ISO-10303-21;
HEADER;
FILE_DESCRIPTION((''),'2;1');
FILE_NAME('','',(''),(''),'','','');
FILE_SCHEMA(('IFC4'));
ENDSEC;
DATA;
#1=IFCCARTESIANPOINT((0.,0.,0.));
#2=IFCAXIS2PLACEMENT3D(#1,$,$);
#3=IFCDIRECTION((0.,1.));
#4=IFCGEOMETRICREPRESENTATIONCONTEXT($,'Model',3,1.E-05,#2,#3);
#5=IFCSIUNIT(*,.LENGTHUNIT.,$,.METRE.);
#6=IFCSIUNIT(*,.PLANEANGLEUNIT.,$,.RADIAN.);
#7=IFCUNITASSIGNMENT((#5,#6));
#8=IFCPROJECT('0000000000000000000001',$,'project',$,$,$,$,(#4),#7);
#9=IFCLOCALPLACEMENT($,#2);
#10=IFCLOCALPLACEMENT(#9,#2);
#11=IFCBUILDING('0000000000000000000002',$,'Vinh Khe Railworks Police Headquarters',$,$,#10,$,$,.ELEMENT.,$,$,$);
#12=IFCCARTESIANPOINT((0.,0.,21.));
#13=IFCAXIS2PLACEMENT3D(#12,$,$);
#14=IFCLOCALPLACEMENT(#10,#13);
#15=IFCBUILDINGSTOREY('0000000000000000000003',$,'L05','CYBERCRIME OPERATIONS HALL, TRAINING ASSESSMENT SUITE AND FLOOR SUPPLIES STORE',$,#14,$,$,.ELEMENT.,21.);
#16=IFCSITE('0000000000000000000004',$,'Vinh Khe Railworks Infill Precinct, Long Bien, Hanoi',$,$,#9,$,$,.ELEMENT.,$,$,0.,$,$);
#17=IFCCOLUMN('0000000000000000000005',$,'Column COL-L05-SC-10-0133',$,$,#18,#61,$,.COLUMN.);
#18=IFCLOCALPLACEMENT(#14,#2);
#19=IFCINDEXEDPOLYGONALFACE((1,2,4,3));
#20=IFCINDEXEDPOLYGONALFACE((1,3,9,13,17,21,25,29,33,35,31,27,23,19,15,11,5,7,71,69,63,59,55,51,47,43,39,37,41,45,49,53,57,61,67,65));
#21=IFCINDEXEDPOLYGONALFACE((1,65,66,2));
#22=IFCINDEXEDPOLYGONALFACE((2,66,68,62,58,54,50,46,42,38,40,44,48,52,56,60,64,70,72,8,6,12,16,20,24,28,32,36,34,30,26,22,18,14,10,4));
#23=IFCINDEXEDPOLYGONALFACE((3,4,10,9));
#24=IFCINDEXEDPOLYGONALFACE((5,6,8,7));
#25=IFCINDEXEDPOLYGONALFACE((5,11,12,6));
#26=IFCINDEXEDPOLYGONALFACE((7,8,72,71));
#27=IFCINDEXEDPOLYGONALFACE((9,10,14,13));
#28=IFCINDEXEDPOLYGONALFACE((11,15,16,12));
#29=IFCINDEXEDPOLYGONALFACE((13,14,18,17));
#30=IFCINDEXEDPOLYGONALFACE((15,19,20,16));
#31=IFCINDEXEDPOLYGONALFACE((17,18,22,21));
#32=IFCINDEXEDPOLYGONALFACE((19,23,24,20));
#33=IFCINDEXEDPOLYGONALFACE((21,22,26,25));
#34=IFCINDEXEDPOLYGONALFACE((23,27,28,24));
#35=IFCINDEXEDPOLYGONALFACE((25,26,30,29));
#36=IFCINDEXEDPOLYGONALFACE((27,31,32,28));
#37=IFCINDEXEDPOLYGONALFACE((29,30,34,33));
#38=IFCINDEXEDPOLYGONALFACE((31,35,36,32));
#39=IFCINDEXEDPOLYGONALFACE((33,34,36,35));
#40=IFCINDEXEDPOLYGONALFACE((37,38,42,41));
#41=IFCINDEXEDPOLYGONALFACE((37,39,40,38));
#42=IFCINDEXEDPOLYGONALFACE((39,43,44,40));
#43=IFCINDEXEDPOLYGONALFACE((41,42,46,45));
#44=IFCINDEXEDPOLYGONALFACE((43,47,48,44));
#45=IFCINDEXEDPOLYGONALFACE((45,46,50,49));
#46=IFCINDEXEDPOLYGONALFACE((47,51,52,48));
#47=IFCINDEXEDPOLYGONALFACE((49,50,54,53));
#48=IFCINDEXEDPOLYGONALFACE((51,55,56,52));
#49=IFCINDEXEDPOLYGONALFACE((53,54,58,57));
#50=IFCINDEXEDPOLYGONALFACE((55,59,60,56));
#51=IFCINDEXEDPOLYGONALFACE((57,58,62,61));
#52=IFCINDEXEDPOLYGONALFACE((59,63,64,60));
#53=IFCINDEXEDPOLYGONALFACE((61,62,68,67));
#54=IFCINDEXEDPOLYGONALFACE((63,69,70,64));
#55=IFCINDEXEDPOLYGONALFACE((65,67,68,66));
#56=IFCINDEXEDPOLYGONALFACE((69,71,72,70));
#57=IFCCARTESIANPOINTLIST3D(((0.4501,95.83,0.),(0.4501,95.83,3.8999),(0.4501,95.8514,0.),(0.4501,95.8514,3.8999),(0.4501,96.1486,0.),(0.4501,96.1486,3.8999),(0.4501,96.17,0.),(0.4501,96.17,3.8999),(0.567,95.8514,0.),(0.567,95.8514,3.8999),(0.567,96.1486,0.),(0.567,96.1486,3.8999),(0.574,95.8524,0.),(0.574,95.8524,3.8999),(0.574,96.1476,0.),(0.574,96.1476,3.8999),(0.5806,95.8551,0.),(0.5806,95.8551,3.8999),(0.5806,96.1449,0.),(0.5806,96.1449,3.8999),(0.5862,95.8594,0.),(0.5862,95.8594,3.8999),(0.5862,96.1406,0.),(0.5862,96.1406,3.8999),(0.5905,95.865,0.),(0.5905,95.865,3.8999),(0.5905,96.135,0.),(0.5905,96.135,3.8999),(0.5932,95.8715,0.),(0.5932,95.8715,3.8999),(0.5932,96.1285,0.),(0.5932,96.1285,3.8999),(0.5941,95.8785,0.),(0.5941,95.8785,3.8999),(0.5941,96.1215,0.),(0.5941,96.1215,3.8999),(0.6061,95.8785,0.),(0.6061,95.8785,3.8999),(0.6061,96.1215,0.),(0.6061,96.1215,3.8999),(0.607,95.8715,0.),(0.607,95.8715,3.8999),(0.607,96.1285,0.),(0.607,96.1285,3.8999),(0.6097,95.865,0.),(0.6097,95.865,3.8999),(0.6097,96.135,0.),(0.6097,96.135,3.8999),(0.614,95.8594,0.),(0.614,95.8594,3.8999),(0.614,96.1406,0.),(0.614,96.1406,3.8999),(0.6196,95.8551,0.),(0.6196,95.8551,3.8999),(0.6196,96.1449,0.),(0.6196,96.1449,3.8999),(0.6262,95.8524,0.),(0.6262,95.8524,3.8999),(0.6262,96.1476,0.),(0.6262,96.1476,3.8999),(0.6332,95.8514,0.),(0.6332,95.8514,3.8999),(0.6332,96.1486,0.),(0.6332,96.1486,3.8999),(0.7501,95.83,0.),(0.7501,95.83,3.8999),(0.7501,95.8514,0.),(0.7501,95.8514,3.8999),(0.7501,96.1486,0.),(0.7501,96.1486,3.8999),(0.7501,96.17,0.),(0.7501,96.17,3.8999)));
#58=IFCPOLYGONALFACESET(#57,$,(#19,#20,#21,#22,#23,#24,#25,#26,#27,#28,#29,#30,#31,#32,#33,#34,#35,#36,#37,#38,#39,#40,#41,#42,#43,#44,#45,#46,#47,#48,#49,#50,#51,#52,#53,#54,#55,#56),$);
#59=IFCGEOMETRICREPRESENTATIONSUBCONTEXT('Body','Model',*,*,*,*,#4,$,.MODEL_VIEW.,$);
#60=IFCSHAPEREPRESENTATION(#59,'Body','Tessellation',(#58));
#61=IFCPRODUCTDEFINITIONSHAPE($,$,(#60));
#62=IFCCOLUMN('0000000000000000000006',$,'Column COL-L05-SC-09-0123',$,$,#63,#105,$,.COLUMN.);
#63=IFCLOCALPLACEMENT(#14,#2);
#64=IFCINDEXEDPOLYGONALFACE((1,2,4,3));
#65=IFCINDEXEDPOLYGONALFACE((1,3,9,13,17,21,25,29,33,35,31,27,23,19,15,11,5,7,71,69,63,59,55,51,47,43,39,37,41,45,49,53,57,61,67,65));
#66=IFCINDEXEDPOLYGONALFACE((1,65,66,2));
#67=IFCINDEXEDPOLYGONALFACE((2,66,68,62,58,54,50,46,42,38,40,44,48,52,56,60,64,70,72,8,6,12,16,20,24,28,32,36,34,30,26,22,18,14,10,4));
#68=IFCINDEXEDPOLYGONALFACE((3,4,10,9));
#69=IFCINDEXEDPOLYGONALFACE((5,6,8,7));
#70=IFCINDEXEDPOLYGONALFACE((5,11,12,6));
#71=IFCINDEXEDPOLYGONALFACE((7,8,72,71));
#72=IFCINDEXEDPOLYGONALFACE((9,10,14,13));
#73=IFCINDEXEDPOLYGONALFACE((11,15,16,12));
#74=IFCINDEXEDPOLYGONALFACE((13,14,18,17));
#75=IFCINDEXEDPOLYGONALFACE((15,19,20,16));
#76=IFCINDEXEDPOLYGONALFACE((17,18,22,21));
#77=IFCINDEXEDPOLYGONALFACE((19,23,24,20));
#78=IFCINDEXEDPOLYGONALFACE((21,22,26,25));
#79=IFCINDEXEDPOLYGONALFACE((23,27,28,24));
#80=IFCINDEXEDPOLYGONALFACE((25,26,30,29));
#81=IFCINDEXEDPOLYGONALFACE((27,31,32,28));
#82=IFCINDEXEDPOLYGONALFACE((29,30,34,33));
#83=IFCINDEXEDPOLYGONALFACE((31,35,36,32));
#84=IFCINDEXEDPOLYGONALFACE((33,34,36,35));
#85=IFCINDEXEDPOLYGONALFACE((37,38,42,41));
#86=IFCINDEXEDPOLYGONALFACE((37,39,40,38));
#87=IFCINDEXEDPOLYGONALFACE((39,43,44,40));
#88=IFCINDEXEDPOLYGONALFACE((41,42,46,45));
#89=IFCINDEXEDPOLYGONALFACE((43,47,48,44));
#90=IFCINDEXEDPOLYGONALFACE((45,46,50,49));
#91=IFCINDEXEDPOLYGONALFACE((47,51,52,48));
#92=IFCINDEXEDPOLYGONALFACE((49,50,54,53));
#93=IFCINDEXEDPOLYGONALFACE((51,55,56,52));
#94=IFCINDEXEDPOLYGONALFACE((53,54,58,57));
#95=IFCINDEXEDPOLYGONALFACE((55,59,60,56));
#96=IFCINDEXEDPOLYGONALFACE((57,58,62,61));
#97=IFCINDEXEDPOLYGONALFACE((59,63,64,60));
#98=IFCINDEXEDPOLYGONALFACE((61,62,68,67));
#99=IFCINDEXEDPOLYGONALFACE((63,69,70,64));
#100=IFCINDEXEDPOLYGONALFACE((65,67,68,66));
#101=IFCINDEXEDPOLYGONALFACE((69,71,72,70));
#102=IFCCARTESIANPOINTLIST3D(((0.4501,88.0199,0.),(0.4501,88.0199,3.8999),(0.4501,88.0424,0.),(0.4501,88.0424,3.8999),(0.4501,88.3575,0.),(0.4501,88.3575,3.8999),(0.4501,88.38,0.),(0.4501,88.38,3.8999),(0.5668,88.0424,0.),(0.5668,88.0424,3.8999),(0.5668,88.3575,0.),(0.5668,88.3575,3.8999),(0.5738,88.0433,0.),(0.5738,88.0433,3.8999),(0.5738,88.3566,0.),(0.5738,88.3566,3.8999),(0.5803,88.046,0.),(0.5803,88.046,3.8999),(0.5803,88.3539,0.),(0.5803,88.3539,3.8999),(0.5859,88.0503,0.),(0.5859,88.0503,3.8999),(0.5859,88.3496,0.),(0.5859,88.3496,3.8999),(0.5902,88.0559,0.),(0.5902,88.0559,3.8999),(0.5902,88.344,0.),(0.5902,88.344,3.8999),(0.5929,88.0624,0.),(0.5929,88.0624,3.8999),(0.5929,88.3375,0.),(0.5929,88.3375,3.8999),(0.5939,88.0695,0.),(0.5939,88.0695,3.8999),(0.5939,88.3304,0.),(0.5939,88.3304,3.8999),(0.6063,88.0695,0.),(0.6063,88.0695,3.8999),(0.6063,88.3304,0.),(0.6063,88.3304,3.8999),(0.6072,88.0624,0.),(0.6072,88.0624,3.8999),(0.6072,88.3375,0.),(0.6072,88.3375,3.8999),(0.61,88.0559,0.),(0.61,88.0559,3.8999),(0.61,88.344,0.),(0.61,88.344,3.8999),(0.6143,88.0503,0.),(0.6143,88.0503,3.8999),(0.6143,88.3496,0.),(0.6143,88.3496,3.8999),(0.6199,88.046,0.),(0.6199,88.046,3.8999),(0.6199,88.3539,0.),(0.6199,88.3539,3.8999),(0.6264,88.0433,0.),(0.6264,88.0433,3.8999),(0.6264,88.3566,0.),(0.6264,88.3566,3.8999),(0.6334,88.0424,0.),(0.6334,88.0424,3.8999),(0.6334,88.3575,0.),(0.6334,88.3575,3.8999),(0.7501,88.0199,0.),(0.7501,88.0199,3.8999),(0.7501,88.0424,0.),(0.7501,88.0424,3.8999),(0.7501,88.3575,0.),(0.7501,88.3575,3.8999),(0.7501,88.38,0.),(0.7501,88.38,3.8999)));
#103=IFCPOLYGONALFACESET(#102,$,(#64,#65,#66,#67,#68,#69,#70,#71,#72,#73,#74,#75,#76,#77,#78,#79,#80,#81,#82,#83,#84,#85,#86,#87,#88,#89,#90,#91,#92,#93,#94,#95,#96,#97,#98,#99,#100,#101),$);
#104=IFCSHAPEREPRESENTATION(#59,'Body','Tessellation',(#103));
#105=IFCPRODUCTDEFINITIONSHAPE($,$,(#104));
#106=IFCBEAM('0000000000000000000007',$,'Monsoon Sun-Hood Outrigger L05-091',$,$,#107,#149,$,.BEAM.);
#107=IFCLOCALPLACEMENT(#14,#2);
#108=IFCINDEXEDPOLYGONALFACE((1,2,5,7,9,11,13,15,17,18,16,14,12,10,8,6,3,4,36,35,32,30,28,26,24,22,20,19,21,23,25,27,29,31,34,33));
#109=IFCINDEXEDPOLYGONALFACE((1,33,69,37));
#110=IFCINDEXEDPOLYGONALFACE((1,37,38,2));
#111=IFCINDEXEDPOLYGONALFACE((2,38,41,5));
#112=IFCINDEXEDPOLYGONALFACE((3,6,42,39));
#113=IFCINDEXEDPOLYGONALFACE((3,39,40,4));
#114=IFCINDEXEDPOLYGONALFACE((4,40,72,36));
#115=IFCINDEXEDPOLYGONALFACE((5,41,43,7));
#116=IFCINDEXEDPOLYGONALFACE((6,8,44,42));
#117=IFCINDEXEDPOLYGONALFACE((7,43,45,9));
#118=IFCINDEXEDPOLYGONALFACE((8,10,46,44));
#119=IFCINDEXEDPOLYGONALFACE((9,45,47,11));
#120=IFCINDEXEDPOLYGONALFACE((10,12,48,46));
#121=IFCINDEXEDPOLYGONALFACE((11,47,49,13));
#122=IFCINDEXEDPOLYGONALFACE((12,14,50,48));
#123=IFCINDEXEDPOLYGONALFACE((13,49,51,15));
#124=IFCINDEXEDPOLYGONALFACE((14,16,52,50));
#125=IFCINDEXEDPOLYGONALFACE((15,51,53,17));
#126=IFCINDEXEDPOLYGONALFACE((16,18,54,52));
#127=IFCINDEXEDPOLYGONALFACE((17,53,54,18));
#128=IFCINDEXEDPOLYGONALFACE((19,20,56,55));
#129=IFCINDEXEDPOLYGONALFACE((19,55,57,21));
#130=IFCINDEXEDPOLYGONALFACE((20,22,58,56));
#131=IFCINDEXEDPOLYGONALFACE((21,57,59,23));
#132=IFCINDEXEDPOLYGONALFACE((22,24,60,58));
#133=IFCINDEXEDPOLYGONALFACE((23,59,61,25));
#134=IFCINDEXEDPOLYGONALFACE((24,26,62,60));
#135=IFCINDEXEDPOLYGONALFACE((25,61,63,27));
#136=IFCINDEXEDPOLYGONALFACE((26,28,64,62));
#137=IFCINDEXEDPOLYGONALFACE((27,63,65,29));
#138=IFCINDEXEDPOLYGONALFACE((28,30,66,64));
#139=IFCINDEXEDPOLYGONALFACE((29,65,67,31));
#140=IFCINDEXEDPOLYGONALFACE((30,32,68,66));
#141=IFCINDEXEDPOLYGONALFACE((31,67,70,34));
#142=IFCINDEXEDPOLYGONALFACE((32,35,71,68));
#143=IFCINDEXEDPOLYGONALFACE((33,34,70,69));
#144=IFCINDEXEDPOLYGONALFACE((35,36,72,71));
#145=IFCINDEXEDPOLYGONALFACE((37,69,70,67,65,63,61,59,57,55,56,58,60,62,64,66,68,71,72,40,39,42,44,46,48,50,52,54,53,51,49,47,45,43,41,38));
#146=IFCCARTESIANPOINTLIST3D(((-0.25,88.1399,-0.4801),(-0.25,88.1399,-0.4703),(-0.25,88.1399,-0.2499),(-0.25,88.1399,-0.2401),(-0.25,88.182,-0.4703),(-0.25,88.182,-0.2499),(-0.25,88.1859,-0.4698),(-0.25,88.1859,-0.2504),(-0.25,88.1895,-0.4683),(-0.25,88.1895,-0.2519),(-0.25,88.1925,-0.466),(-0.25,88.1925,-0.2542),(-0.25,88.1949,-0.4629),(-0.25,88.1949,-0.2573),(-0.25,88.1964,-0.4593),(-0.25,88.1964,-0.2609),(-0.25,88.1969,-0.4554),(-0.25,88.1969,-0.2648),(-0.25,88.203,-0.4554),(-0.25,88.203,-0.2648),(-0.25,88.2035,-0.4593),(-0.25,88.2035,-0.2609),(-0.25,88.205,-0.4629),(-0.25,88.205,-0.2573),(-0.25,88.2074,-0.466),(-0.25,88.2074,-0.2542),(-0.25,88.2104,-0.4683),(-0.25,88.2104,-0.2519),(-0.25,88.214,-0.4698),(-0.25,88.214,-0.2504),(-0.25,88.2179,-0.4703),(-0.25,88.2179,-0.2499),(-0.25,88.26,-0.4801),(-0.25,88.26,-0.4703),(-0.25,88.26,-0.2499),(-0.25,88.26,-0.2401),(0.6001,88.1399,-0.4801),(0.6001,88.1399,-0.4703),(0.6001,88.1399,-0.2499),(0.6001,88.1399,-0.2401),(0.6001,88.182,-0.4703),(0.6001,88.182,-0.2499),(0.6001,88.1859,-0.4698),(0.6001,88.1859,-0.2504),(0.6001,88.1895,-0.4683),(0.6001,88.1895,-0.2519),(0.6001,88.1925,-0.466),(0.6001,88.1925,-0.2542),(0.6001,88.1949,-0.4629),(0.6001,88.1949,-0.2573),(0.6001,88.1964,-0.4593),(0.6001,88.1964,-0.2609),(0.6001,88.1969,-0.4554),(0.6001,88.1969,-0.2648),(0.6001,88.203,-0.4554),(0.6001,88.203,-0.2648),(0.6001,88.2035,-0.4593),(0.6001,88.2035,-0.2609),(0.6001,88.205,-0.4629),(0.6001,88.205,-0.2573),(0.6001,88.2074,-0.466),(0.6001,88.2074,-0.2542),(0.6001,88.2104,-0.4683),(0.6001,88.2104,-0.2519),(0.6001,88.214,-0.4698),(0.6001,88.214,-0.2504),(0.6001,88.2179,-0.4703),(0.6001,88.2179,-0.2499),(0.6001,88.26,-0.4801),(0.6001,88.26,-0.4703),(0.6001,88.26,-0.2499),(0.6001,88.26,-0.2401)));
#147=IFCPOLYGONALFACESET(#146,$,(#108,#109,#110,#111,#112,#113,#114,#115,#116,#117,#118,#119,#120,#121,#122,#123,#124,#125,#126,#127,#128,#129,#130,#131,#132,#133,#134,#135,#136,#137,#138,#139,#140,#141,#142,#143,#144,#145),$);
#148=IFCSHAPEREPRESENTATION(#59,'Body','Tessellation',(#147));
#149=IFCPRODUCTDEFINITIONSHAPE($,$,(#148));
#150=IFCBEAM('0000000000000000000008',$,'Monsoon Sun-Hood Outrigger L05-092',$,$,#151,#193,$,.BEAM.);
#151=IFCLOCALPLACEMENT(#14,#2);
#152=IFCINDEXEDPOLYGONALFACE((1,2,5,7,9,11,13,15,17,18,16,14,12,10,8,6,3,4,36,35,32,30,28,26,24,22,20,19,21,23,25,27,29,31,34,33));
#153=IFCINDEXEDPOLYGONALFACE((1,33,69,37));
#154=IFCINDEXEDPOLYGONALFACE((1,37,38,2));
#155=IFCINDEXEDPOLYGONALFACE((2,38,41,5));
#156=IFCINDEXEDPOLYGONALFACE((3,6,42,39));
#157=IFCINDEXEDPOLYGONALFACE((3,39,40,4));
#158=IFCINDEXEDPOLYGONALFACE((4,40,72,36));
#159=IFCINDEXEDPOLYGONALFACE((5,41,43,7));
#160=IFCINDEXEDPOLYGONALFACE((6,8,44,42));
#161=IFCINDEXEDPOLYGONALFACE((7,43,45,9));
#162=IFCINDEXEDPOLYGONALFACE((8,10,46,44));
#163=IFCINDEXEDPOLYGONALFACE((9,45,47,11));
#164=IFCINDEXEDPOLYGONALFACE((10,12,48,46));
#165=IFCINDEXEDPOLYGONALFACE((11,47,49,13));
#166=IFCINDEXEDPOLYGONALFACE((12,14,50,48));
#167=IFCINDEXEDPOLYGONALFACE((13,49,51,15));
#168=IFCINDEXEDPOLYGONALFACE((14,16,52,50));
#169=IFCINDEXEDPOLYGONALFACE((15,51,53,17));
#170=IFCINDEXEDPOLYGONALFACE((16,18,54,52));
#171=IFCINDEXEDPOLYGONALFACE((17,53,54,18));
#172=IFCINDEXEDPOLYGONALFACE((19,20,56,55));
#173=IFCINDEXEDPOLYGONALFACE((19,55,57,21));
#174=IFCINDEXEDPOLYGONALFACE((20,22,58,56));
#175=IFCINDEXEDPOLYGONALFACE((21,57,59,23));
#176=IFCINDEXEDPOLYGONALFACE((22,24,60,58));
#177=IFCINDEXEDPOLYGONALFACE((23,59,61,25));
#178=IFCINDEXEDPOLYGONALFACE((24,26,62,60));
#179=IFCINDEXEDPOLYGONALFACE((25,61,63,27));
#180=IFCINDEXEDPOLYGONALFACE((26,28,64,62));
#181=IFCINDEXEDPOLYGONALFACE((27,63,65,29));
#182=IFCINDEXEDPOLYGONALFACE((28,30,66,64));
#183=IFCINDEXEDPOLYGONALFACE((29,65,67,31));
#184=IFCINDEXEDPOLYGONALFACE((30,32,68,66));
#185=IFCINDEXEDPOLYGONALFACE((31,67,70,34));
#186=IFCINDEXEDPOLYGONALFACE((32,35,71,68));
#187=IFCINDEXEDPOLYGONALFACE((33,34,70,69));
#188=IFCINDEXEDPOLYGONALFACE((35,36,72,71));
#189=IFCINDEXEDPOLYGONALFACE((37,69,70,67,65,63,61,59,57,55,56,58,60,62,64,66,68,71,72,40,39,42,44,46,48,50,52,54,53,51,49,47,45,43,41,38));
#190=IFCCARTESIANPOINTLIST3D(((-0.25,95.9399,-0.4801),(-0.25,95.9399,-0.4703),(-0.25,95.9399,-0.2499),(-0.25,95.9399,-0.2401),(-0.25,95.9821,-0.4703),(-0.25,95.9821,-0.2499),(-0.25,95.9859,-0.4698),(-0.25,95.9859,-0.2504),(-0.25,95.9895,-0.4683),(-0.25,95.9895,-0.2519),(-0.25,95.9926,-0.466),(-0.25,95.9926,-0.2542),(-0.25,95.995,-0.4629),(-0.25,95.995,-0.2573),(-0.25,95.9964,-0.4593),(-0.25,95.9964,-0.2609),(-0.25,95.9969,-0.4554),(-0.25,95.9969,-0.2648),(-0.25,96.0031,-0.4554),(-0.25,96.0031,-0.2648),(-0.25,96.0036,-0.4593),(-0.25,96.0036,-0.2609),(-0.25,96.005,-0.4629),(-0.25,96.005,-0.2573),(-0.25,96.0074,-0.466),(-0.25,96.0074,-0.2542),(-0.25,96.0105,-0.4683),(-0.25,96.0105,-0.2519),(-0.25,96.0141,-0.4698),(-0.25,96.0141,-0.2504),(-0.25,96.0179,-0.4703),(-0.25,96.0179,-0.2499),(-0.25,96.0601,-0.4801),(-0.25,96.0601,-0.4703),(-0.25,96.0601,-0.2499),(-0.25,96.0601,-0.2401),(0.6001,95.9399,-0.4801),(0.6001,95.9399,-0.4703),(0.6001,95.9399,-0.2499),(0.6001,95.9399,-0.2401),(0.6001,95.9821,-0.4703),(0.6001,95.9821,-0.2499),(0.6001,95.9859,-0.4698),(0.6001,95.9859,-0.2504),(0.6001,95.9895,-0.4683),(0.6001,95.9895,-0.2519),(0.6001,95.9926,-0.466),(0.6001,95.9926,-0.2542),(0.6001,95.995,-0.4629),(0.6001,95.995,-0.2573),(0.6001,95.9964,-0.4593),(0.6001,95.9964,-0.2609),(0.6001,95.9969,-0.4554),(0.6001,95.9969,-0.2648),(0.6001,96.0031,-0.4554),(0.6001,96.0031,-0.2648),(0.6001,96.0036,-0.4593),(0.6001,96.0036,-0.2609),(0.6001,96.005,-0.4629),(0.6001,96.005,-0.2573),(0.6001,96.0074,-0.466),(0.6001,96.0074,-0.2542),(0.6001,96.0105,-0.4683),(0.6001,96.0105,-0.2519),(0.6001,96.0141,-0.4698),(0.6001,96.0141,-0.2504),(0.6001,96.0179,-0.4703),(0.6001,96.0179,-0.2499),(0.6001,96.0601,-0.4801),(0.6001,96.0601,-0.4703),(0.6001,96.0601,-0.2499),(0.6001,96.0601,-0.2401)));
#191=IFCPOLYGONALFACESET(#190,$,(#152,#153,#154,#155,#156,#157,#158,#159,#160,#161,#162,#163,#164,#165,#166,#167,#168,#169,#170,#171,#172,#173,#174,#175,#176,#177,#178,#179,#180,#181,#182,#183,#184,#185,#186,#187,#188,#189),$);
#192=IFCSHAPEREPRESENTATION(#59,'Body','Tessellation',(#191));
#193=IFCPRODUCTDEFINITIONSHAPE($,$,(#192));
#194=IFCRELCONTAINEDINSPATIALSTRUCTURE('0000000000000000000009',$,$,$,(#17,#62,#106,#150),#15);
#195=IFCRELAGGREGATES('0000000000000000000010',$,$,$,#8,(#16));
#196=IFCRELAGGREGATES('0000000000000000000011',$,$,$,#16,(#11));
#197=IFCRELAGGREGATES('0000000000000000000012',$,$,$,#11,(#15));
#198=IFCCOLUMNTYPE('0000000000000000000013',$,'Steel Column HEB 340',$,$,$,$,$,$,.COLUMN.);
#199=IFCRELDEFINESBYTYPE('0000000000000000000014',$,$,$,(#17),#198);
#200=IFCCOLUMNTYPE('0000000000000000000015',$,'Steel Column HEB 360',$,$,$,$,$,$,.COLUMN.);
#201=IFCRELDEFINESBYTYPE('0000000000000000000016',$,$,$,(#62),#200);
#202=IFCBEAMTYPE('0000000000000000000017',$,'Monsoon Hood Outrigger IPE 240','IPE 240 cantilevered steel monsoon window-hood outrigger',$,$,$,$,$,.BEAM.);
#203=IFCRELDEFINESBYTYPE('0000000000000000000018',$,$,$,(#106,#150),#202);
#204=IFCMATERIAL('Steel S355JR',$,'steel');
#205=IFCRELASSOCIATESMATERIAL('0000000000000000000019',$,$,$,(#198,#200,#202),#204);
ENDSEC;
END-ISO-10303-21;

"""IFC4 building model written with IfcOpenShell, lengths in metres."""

from ifc_helpers import new_model, si_unit, direction, frame, origin, origin_2d, place, context, subcontext, project, spatial, i_section, extrude, material, material_profile, profile_set, type_object, element, save


model = new_model("IFC4")

# Units and contexts
model_context = context("Model", 3, precision=1e-05, world=origin(), true_north=direction((0.0, 1.0)))
body_context = subcontext(model_context, "Body", "Model", "MODEL_VIEW")
ifc_project = project(units=[si_unit("LENGTHUNIT", "METRE"), si_unit("PLANEANGLEUNIT", "RADIAN")], contexts=[model_context])

# Site, building, storey
site_placement = place(None, origin())
site = spatial("IfcSite", under=ifc_project, at=site_placement, Name="Vinh Khe Railworks Infill Precinct, Long Bien, Hanoi", CompositionType="ELEMENT", RefElevation=0.0)
building_placement = place(site_placement, origin())
building = spatial("IfcBuilding", under=site, at=building_placement, Name="Vinh Khe Railworks Police Headquarters", CompositionType="ELEMENT")
storey_placement = place(building_placement, frame((0.0, 0.0, 21.0)))
storey = spatial("IfcBuildingStorey", under=building, at=storey_placement, Name="L05", Description="CYBERCRIME OPERATIONS HALL, TRAINING ASSESSMENT SUITE AND FLOOR SUPPLIES STORE", CompositionType="ELEMENT", Elevation=21.0)

# Columns
ifc_material_1 = material(Name="Steel S355JR", Category="steel")
ifc_material_profile_1 = material_profile(ifc_material_1, i_section(OverallWidth=0.3, OverallDepth=0.3401, WebThickness=0.012, FlangeThickness=0.0215, FilletRadius=0.0271, at=origin_2d()), Name="HEB 340")
ifc_profile_set_1 = profile_set([ifc_material_profile_1], Name="Steel S355JR")
column_type_1 = type_object("IfcColumnType", Name="Steel Column HEB 340", PredefinedType="COLUMN", material=ifc_profile_set_1)
column_1_placement = place(storey_placement, frame((0.6001, 96.0, 0.0), z_axis=(0.0, 0.0, 1.0), x_axis=(1.0, 0.0, 0.0)))
element("IfcColumn", 1, at=column_1_placement, inside=storey, type_object=column_type_1, Name="Column COL-L05-SC-10-0133", PredefinedType="COLUMN", context=body_context, shape_type="SweptSolid", body=[
    extrude(i_section(OverallWidth=0.3, OverallDepth=0.3401, WebThickness=0.012, FlangeThickness=0.0215, FilletRadius=0.0271, at=origin_2d()), origin(), (0.0, 0.0, 1.0), 3.8999),
])
ifc_material_profile_2 = material_profile(ifc_material_1, i_section(OverallWidth=0.3, OverallDepth=0.3601, WebThickness=0.0125, FlangeThickness=0.0225, FilletRadius=0.0271, at=origin_2d()), Name="HEB 360")
ifc_profile_set_2 = profile_set([ifc_material_profile_2], Name="Steel S355JR")
column_type_2 = type_object("IfcColumnType", Name="Steel Column HEB 360", PredefinedType="COLUMN", material=ifc_profile_set_2)
column_2_placement = place(storey_placement, frame((0.6001, 88.2, 0.0), z_axis=(0.0, 0.0, 1.0), x_axis=(1.0, 0.0, 0.0)))
element("IfcColumn", 2, at=column_2_placement, inside=storey, type_object=column_type_2, Name="Column COL-L05-SC-09-0123", PredefinedType="COLUMN", context=body_context, shape_type="SweptSolid", body=[
    extrude(i_section(OverallWidth=0.3, OverallDepth=0.3601, WebThickness=0.0125, FlangeThickness=0.0225, FilletRadius=0.0271, at=origin_2d()), origin(), (0.0, 0.0, 1.0), 3.8999),
])

# Beams
ifc_material_profile_3 = material_profile(ifc_material_1, i_section(OverallWidth=0.1201, OverallDepth=0.24, WebThickness=0.0061, FlangeThickness=0.0098, FilletRadius=0.0149, at=origin_2d()), Name="IPE 240")
ifc_profile_set_3 = profile_set([ifc_material_profile_3], Name="Steel S355JR")
beam_type_1 = type_object("IfcBeamType", Name="Monsoon Hood Outrigger IPE 240", Description="IPE 240 cantilevered steel monsoon window-hood outrigger", PredefinedType="BEAM", material=ifc_profile_set_3)
for number, where, z_axis, x_axis, name in (
    (3, (-0.25, 88.2, -0.3601), (1.0, 0.0, 0.0), (0.0, 1.0, 0.0), "Monsoon Sun-Hood Outrigger L05-091"),
    (4, (-0.25, 96.0, -0.3601), (1.0, 0.0, 0.0), (0.0, 1.0, 0.0), "Monsoon Sun-Hood Outrigger L05-092"),
):
    element("IfcBeam", number, at=place(storey_placement, frame(where, z_axis=z_axis, x_axis=x_axis)), inside=storey, type_object=beam_type_1, Name=name, PredefinedType="BEAM", context=body_context, shape_type="SweptSolid", body=[
        extrude(i_section(OverallWidth=0.1201, OverallDepth=0.24, WebThickness=0.0061, FlangeThickness=0.0098, FilletRadius=0.0149, at=origin_2d()), origin(), (0.0, 0.0, 1.0), 0.8501),
    ])

save(model, "model.ifc")
